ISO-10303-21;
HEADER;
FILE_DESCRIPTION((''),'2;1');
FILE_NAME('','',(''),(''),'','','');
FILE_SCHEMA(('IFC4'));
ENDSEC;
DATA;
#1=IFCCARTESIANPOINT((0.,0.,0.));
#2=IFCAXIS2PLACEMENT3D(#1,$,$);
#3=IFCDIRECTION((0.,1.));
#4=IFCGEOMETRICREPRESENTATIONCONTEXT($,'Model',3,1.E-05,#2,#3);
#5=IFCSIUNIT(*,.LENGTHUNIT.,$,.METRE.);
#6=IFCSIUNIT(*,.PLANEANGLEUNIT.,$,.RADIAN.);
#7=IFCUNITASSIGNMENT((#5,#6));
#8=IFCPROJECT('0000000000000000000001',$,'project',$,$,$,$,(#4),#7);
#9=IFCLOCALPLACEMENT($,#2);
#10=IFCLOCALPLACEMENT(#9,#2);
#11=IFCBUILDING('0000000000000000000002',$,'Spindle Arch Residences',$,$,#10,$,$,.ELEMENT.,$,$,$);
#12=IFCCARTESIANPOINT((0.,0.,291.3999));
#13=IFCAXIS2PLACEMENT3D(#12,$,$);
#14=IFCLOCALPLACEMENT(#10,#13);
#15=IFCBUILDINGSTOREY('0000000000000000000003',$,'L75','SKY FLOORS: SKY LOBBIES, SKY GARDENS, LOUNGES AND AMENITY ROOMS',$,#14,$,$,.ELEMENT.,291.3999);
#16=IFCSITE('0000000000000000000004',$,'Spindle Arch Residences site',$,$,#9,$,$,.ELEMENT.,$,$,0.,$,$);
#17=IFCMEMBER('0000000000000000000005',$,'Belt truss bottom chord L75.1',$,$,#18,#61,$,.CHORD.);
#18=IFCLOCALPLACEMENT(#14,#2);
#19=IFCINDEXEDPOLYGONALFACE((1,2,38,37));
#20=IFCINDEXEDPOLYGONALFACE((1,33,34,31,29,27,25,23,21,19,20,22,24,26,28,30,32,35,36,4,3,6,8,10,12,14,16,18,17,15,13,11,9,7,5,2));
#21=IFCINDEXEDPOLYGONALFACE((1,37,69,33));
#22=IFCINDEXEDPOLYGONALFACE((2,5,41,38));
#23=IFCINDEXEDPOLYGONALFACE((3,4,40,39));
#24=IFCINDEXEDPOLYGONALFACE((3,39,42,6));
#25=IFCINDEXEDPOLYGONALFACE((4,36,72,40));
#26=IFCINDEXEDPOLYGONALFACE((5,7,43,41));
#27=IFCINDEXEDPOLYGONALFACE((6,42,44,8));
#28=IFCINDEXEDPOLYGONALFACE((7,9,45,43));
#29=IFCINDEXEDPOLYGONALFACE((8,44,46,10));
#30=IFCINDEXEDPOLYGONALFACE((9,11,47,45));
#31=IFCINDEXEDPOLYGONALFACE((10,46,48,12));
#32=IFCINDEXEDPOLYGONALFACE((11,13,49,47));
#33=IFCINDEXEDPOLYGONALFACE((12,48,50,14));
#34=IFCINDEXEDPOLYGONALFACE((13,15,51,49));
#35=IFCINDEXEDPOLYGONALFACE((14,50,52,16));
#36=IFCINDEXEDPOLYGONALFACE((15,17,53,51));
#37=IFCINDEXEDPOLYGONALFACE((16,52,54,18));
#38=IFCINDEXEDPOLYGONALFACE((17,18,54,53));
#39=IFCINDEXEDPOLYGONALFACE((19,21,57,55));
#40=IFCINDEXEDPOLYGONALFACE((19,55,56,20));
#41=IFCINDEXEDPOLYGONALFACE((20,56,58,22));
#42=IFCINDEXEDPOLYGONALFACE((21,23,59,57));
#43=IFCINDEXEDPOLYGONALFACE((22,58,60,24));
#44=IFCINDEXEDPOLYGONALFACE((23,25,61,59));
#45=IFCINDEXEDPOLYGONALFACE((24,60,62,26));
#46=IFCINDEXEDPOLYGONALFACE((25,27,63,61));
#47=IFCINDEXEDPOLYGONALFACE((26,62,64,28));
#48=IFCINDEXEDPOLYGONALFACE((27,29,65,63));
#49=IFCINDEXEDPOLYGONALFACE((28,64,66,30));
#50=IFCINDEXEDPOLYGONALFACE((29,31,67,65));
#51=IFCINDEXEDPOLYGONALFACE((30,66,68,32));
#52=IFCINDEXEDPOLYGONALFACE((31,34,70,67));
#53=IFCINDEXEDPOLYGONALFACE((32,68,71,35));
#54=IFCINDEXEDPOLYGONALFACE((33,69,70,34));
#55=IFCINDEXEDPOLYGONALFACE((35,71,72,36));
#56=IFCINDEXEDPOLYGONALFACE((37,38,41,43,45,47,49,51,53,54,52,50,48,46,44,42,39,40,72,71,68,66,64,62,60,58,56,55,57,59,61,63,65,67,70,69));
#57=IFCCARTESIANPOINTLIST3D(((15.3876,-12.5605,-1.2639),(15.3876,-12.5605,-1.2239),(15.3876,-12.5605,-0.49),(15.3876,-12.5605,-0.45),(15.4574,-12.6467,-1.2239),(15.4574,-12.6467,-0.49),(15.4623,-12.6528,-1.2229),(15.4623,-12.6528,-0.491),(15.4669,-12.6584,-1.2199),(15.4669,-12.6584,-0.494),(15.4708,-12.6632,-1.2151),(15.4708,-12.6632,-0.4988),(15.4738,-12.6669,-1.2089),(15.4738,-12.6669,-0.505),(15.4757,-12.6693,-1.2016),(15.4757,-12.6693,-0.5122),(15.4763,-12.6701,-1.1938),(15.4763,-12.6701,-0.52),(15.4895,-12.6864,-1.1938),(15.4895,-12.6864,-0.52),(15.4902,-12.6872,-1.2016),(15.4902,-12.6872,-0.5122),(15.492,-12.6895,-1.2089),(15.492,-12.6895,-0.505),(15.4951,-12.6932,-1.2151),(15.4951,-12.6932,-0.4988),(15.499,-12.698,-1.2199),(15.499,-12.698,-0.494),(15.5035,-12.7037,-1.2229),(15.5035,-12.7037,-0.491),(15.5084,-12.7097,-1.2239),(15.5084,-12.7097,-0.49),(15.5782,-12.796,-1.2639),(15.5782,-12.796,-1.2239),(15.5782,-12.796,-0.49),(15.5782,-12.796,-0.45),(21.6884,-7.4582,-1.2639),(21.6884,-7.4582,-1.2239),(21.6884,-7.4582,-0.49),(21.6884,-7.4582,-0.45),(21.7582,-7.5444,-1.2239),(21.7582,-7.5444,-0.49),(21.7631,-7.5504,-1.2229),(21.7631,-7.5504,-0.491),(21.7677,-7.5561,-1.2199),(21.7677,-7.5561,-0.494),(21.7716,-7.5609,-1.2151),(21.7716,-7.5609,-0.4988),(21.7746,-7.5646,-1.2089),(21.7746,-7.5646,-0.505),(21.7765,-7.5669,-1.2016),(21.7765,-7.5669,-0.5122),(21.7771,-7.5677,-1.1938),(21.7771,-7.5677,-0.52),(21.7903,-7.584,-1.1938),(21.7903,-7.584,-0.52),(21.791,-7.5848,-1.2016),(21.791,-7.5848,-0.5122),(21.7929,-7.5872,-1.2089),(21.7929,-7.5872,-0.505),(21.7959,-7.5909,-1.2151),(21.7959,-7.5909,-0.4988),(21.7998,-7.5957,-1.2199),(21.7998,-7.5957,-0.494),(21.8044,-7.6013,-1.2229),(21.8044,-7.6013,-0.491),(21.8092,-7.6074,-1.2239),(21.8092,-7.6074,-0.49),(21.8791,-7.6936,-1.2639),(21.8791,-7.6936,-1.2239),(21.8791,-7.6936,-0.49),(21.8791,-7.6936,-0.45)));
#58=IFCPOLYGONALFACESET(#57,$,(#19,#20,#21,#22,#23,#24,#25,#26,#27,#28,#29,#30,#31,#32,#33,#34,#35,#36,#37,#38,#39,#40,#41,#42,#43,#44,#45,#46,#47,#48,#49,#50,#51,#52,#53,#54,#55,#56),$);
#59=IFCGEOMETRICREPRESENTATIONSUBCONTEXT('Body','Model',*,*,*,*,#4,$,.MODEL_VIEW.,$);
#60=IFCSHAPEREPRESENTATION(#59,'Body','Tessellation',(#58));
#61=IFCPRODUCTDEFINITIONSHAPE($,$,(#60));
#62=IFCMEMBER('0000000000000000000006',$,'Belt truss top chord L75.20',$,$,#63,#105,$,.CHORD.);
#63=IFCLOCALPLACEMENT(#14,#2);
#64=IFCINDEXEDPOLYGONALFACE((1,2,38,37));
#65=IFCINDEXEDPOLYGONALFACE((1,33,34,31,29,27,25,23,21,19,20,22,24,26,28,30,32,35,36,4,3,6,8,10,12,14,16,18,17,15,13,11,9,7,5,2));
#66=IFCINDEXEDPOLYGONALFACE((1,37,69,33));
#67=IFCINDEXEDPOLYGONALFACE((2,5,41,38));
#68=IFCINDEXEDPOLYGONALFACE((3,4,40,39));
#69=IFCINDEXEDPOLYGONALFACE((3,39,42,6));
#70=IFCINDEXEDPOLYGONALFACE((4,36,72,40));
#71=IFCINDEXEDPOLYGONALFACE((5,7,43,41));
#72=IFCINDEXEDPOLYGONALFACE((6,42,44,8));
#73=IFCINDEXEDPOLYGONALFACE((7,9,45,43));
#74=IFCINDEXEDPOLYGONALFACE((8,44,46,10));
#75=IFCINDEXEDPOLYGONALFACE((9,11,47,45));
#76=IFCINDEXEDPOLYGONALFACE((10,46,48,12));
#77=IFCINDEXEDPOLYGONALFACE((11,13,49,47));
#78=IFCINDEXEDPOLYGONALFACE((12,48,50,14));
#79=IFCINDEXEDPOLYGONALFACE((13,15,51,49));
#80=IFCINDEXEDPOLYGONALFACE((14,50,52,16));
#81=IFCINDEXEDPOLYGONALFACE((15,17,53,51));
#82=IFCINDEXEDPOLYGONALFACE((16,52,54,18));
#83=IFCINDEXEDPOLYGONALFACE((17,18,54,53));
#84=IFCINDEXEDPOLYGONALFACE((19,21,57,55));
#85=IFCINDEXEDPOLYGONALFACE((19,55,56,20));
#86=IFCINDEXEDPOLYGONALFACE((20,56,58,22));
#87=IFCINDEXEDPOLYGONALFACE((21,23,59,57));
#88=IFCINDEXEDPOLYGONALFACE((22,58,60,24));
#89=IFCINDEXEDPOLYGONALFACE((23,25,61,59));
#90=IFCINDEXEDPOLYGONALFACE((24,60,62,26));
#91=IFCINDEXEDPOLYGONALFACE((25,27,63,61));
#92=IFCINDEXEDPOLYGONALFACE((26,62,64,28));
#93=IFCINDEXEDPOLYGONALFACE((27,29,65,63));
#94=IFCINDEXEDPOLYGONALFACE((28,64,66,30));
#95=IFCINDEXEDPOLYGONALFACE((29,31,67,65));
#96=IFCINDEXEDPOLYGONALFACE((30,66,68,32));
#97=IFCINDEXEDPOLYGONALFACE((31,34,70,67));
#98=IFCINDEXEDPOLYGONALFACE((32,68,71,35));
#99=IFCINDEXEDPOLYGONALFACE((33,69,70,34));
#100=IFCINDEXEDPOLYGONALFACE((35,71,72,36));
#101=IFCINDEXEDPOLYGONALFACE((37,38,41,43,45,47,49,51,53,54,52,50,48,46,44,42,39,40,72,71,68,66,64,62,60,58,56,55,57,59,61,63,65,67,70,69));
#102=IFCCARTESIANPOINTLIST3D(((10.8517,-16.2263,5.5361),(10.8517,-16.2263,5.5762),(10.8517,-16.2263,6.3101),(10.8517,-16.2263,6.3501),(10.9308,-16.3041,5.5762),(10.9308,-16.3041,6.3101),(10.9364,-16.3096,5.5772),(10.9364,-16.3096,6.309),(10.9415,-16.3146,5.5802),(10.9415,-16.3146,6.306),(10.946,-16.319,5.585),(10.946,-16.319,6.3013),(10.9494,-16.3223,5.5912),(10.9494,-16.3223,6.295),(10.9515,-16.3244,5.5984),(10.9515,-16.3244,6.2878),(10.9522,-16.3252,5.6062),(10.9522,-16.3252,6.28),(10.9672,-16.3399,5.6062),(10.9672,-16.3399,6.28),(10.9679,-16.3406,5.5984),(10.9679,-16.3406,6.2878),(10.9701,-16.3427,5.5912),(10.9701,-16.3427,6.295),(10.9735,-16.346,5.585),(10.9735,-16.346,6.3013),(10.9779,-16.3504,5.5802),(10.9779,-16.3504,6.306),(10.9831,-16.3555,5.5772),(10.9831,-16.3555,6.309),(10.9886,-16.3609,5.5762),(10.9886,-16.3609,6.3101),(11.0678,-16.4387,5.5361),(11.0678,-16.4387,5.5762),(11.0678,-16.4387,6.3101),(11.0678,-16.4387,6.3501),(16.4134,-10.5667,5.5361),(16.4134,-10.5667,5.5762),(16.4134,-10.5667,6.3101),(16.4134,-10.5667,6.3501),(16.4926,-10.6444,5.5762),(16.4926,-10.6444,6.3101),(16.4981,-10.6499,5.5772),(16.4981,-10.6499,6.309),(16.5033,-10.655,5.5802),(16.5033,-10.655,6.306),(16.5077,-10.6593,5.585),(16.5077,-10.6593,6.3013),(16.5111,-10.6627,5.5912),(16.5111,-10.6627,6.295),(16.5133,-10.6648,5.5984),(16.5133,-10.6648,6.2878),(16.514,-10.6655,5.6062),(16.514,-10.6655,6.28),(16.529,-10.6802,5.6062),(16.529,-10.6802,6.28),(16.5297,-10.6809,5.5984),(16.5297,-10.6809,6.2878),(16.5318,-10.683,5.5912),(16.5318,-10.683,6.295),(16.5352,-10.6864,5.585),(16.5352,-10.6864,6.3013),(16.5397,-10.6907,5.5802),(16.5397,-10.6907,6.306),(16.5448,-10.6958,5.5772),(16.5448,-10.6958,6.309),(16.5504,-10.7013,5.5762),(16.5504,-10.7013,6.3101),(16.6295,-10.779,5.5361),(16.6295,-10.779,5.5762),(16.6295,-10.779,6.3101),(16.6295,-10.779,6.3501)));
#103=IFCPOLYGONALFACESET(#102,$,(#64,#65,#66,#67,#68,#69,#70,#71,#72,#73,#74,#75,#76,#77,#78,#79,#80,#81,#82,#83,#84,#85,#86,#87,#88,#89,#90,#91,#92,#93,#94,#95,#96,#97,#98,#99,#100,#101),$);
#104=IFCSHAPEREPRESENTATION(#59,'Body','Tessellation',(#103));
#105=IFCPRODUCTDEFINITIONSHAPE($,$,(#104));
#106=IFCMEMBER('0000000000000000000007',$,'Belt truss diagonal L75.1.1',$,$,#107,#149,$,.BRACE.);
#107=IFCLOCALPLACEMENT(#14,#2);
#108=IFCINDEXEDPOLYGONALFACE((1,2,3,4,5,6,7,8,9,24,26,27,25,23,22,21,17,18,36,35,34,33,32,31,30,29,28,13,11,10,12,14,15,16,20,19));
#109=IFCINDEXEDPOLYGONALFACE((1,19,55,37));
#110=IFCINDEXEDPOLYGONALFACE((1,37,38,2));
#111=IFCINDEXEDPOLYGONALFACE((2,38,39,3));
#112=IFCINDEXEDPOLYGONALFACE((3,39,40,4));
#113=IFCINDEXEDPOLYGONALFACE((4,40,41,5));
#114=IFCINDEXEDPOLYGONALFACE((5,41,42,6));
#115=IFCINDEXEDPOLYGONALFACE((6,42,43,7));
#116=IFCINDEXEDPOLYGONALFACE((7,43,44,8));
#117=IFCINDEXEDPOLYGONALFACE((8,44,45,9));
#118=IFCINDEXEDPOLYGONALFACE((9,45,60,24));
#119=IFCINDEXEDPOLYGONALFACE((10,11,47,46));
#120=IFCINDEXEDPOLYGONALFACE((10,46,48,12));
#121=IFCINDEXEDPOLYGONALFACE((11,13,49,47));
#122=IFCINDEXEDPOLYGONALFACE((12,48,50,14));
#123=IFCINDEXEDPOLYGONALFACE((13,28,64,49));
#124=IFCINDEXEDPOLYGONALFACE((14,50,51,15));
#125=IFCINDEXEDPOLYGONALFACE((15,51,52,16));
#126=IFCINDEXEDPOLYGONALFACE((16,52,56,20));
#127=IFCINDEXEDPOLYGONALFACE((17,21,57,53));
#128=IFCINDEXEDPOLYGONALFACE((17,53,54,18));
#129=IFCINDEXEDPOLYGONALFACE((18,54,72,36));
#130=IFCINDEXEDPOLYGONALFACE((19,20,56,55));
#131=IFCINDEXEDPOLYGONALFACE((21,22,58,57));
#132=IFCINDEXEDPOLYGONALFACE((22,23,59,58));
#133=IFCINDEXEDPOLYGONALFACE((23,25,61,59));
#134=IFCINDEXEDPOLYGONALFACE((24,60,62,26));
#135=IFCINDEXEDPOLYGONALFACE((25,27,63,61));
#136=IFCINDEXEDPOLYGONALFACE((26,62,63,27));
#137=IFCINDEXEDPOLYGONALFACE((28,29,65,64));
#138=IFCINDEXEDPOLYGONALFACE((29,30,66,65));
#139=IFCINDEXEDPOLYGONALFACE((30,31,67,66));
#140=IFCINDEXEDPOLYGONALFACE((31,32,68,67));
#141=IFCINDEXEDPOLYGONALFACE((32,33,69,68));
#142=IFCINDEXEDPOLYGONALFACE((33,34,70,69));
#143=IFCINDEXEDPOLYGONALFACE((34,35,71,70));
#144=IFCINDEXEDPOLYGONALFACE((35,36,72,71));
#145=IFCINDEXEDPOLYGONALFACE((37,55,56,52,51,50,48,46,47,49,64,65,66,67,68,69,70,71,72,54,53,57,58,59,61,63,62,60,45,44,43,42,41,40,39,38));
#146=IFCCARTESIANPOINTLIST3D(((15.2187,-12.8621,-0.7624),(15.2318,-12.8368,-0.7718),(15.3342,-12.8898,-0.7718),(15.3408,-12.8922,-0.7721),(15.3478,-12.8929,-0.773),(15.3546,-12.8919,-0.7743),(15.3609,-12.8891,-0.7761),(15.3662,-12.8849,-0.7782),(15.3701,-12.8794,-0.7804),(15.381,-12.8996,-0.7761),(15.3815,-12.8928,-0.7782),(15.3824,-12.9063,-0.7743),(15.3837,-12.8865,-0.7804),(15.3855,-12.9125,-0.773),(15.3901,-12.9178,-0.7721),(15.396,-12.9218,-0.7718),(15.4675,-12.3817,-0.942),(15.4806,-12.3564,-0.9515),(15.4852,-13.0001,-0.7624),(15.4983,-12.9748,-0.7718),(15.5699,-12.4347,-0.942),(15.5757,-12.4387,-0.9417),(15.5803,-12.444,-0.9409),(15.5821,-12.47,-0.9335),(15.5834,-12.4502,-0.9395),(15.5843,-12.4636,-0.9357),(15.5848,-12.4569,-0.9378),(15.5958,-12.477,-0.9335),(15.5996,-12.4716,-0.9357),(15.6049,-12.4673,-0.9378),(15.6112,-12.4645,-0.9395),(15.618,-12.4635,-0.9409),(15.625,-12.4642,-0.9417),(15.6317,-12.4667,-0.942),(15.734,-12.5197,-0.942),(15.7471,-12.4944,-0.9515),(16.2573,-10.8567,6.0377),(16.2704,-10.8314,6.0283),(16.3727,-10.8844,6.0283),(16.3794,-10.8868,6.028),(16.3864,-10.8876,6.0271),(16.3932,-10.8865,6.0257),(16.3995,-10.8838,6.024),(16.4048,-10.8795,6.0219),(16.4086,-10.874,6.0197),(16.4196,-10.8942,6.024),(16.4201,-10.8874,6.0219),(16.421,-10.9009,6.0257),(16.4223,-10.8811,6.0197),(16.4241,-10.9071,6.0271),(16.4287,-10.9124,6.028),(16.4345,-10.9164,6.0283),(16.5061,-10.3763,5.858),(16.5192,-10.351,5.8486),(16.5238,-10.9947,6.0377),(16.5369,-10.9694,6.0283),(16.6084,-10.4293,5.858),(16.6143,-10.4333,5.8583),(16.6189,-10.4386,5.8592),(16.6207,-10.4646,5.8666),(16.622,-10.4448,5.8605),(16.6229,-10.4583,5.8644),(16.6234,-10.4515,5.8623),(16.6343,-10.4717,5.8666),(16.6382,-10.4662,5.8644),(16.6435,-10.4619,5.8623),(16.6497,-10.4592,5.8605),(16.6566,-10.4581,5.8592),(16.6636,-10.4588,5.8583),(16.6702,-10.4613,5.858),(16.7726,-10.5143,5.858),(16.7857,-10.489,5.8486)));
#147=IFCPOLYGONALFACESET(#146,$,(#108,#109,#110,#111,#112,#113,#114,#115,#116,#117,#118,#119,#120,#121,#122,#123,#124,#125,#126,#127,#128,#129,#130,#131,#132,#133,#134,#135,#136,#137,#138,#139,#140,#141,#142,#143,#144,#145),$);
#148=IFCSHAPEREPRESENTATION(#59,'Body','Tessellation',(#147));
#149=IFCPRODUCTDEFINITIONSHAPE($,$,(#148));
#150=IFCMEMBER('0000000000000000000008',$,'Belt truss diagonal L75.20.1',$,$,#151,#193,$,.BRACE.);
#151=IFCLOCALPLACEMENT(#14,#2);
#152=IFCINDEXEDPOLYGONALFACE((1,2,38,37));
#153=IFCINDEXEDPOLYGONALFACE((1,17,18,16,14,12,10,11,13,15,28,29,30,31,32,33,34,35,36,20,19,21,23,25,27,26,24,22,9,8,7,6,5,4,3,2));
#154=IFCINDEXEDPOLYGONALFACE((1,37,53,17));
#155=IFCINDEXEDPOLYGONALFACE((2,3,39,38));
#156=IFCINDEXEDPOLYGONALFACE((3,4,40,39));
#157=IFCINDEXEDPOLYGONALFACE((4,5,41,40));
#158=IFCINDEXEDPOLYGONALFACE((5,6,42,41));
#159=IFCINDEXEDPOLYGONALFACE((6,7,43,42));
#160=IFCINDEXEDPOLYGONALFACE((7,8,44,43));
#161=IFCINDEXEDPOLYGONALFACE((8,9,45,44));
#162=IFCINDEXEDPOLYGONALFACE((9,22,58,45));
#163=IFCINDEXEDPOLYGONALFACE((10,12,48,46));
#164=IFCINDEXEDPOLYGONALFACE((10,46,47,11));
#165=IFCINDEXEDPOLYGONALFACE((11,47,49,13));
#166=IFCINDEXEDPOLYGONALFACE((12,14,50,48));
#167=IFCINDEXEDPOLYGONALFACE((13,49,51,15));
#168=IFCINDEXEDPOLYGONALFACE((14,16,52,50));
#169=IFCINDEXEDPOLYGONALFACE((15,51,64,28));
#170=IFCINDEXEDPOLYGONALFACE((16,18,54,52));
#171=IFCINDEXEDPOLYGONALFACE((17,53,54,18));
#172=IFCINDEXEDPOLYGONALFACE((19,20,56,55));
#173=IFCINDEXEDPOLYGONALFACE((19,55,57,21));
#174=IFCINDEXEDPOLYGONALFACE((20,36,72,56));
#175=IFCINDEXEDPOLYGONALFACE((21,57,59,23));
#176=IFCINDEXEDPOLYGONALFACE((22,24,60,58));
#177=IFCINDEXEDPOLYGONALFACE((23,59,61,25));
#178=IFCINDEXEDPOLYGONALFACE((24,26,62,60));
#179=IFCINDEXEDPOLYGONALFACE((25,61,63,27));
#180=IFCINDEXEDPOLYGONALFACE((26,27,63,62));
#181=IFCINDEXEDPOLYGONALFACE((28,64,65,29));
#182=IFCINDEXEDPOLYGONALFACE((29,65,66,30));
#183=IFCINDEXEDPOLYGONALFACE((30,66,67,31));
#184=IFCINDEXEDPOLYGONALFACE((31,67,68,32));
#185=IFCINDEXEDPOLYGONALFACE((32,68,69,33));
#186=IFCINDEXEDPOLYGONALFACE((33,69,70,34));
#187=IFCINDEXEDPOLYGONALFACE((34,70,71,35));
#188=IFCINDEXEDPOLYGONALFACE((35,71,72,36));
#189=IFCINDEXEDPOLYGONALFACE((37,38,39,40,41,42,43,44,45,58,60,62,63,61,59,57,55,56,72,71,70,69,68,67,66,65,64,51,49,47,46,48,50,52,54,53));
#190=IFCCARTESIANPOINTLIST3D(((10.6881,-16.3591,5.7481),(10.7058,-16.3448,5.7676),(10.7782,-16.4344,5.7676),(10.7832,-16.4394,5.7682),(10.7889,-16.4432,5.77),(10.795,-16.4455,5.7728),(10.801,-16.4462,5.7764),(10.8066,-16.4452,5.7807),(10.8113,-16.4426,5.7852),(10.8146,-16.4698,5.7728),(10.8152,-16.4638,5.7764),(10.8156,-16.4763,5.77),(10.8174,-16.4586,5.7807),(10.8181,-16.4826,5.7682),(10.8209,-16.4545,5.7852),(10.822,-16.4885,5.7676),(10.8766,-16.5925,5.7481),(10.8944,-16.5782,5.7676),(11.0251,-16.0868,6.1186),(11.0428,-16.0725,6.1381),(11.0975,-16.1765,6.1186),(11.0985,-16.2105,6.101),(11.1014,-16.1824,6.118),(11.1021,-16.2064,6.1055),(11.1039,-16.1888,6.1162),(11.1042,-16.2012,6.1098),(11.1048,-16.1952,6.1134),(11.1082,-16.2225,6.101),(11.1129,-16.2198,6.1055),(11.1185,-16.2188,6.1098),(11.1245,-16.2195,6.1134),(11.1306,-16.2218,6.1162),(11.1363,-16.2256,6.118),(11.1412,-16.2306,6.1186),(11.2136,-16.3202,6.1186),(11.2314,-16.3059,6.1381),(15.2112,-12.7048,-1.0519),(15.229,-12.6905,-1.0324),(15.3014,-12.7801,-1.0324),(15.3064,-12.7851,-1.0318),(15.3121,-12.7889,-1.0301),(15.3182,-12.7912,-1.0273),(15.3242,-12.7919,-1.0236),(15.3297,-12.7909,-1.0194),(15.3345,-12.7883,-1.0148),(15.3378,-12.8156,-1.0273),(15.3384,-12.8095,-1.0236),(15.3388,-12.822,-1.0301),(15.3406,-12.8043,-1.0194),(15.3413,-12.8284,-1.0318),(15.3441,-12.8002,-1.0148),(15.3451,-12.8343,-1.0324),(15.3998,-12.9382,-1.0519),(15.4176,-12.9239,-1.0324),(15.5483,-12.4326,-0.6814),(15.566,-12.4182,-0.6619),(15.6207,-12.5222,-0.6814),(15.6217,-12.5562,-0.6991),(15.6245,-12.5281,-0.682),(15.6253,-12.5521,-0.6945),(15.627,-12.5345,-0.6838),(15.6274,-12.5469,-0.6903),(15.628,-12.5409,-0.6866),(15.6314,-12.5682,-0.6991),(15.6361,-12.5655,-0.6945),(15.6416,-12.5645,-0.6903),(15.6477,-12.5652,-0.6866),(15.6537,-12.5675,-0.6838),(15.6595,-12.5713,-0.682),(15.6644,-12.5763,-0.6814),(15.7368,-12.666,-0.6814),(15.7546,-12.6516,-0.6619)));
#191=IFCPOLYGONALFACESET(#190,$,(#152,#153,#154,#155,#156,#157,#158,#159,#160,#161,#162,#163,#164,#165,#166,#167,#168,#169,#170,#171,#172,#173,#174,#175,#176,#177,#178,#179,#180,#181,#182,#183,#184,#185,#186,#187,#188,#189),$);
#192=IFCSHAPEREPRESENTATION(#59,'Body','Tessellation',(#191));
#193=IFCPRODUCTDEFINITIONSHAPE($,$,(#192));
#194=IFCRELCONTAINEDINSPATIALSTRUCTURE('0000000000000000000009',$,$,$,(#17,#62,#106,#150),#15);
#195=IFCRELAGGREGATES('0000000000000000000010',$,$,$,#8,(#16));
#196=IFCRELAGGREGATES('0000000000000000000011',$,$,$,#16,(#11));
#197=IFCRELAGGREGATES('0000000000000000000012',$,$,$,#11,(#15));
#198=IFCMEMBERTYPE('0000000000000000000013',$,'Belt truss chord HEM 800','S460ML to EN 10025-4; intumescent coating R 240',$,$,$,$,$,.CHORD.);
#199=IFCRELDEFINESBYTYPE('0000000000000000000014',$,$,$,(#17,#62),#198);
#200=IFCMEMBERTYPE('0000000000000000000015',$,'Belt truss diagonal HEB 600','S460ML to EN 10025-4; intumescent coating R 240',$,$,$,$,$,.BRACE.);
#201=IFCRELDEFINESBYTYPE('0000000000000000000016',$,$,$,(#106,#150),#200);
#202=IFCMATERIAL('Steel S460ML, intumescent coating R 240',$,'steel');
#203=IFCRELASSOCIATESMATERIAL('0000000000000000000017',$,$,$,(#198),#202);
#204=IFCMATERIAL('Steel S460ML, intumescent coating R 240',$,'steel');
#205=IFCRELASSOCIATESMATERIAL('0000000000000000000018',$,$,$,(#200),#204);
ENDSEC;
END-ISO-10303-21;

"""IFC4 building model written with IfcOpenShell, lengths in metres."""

from ifc_helpers import new_model, si_unit, direction, frame, origin, origin_2d, place, context, subcontext, project, spatial, i_section, extrude, material, material_profile, profile_set, type_object, element, save


model = new_model("IFC4")

# Units and contexts
model_context = context("Model", 3, precision=1e-05, world=origin(), true_north=direction((0.0, 1.0)))
body_context = subcontext(model_context, "Body", "Model", "MODEL_VIEW")
ifc_project = project(units=[si_unit("LENGTHUNIT", "METRE"), si_unit("PLANEANGLEUNIT", "RADIAN")], contexts=[model_context])

# Site, building, storey
site_placement = place(None, origin())
site = spatial("IfcSite", under=ifc_project, at=site_placement, Name="Spindle Arch Residences site", CompositionType="ELEMENT", RefElevation=0.0)
building_placement = place(site_placement, origin())
building = spatial("IfcBuilding", under=site, at=building_placement, Name="Spindle Arch Residences", CompositionType="ELEMENT")
storey_placement = place(building_placement, frame((0.0, 0.0, 291.3999)))
storey = spatial("IfcBuildingStorey", under=building, at=storey_placement, Name="L75", Description="SKY FLOORS: SKY LOBBIES, SKY GARDENS, LOUNGES AND AMENITY ROOMS", CompositionType="ELEMENT", Elevation=291.3999)

# Members
ifc_material_1 = material(Name="Steel S460ML, intumescent coating R 240", Category="steel")
ifc_material_profile_1 = material_profile(ifc_material_1, i_section(OverallWidth=0.303, OverallDepth=0.814, WebThickness=0.021, FlangeThickness=0.04, FilletRadius=0.03, at=origin_2d()), Name="HEM 800")
ifc_profile_set_1 = profile_set([ifc_material_profile_1], Name="Steel S460ML, intumescent coating R 240")
member_type_1 = type_object("IfcMemberType", Name="Belt truss chord HEM 800", Description="S460ML to EN 10025-4; intumescent coating R 240", PredefinedType="CHORD", material=ifc_profile_set_1)
member_1_placement = place(storey_placement, frame((15.4829, -12.6782, -0.8569), z_axis=(0.777145, 0.629322, 0.0), x_axis=(-0.629322, 0.777145, 0.0)))
element("IfcMember", 1, at=member_1_placement, inside=storey, type_object=member_type_1, Name="Belt truss bottom chord L75.1", PredefinedType="CHORD", context=body_context, shape_type="SweptSolid", body=[
    extrude(i_section(OverallWidth=0.303, OverallDepth=0.814, WebThickness=0.021, FlangeThickness=0.04, FilletRadius=0.03, at=origin_2d()), origin(), (0.0, 0.0, 1.0), 8.1077),
])
member_2_placement = place(storey_placement, frame((10.9597, -16.3325, 5.9431), z_axis=(0.700911, 0.713249, 0.0), x_axis=(-0.713249, 0.700911, 0.0)))
element("IfcMember", 2, at=member_2_placement, inside=storey, type_object=member_type_1, Name="Belt truss top chord L75.20", PredefinedType="CHORD", context=body_context, shape_type="SweptSolid", body=[
    extrude(i_section(OverallWidth=0.303, OverallDepth=0.814, WebThickness=0.021, FlangeThickness=0.04, FilletRadius=0.03, at=origin_2d()), origin(), (0.0, 0.0, 1.0), 7.9351),
])
ifc_material_2 = material(Name="Steel S460ML, intumescent coating R 240", Category="steel")
ifc_material_profile_2 = material_profile(ifc_material_2, i_section(OverallWidth=0.3, OverallDepth=0.6001, WebThickness=0.0154, FlangeThickness=0.03, FilletRadius=0.0271, at=origin_2d()), Name="HEB 600")
ifc_profile_set_2 = profile_set([ifc_material_profile_2], Name="Steel S460ML, intumescent coating R 240")
member_type_2 = type_object("IfcMemberType", Name="Belt truss diagonal HEB 600", Description="S460ML to EN 10025-4; intumescent coating R 240", PredefinedType="BRACE", material=ifc_profile_set_2)
member_3_placement = place(storey_placement, frame((15.4829, -12.6782, -0.8569), z_axis=(0.144946, 0.279875, 0.949032), x_axis=(-0.88798, 0.459882, 0.0)))
element("IfcMember", 3, at=member_3_placement, inside=storey, type_object=member_type_2, Name="Belt truss diagonal L75.1.1", PredefinedType="BRACE", context=body_context, shape_type="SweptSolid", body=[
    extrude(i_section(OverallWidth=0.3, OverallDepth=0.6001, WebThickness=0.0154, FlangeThickness=0.03, FilletRadius=0.0271, at=origin_2d()), origin(), (0.0, 0.0, 1.0), 7.1653),
])
member_4_placement = place(storey_placement, frame((15.4829, -12.6782, -0.8569), z_axis=(-0.505538, -0.408425, 0.760013), x_axis=(0.628436, -0.777861, 0.0)))
element("IfcMember", 4, at=member_4_placement, inside=storey, type_object=member_type_2, Name="Belt truss diagonal L75.20.1", PredefinedType="BRACE", context=body_context, shape_type="SweptSolid", body=[
    extrude(i_section(OverallWidth=0.3, OverallDepth=0.6001, WebThickness=0.0154, FlangeThickness=0.03, FilletRadius=0.0271, at=origin_2d()), origin(), (0.0, 0.0, 1.0), 8.9473),
])

save(model, "model.ifc")
